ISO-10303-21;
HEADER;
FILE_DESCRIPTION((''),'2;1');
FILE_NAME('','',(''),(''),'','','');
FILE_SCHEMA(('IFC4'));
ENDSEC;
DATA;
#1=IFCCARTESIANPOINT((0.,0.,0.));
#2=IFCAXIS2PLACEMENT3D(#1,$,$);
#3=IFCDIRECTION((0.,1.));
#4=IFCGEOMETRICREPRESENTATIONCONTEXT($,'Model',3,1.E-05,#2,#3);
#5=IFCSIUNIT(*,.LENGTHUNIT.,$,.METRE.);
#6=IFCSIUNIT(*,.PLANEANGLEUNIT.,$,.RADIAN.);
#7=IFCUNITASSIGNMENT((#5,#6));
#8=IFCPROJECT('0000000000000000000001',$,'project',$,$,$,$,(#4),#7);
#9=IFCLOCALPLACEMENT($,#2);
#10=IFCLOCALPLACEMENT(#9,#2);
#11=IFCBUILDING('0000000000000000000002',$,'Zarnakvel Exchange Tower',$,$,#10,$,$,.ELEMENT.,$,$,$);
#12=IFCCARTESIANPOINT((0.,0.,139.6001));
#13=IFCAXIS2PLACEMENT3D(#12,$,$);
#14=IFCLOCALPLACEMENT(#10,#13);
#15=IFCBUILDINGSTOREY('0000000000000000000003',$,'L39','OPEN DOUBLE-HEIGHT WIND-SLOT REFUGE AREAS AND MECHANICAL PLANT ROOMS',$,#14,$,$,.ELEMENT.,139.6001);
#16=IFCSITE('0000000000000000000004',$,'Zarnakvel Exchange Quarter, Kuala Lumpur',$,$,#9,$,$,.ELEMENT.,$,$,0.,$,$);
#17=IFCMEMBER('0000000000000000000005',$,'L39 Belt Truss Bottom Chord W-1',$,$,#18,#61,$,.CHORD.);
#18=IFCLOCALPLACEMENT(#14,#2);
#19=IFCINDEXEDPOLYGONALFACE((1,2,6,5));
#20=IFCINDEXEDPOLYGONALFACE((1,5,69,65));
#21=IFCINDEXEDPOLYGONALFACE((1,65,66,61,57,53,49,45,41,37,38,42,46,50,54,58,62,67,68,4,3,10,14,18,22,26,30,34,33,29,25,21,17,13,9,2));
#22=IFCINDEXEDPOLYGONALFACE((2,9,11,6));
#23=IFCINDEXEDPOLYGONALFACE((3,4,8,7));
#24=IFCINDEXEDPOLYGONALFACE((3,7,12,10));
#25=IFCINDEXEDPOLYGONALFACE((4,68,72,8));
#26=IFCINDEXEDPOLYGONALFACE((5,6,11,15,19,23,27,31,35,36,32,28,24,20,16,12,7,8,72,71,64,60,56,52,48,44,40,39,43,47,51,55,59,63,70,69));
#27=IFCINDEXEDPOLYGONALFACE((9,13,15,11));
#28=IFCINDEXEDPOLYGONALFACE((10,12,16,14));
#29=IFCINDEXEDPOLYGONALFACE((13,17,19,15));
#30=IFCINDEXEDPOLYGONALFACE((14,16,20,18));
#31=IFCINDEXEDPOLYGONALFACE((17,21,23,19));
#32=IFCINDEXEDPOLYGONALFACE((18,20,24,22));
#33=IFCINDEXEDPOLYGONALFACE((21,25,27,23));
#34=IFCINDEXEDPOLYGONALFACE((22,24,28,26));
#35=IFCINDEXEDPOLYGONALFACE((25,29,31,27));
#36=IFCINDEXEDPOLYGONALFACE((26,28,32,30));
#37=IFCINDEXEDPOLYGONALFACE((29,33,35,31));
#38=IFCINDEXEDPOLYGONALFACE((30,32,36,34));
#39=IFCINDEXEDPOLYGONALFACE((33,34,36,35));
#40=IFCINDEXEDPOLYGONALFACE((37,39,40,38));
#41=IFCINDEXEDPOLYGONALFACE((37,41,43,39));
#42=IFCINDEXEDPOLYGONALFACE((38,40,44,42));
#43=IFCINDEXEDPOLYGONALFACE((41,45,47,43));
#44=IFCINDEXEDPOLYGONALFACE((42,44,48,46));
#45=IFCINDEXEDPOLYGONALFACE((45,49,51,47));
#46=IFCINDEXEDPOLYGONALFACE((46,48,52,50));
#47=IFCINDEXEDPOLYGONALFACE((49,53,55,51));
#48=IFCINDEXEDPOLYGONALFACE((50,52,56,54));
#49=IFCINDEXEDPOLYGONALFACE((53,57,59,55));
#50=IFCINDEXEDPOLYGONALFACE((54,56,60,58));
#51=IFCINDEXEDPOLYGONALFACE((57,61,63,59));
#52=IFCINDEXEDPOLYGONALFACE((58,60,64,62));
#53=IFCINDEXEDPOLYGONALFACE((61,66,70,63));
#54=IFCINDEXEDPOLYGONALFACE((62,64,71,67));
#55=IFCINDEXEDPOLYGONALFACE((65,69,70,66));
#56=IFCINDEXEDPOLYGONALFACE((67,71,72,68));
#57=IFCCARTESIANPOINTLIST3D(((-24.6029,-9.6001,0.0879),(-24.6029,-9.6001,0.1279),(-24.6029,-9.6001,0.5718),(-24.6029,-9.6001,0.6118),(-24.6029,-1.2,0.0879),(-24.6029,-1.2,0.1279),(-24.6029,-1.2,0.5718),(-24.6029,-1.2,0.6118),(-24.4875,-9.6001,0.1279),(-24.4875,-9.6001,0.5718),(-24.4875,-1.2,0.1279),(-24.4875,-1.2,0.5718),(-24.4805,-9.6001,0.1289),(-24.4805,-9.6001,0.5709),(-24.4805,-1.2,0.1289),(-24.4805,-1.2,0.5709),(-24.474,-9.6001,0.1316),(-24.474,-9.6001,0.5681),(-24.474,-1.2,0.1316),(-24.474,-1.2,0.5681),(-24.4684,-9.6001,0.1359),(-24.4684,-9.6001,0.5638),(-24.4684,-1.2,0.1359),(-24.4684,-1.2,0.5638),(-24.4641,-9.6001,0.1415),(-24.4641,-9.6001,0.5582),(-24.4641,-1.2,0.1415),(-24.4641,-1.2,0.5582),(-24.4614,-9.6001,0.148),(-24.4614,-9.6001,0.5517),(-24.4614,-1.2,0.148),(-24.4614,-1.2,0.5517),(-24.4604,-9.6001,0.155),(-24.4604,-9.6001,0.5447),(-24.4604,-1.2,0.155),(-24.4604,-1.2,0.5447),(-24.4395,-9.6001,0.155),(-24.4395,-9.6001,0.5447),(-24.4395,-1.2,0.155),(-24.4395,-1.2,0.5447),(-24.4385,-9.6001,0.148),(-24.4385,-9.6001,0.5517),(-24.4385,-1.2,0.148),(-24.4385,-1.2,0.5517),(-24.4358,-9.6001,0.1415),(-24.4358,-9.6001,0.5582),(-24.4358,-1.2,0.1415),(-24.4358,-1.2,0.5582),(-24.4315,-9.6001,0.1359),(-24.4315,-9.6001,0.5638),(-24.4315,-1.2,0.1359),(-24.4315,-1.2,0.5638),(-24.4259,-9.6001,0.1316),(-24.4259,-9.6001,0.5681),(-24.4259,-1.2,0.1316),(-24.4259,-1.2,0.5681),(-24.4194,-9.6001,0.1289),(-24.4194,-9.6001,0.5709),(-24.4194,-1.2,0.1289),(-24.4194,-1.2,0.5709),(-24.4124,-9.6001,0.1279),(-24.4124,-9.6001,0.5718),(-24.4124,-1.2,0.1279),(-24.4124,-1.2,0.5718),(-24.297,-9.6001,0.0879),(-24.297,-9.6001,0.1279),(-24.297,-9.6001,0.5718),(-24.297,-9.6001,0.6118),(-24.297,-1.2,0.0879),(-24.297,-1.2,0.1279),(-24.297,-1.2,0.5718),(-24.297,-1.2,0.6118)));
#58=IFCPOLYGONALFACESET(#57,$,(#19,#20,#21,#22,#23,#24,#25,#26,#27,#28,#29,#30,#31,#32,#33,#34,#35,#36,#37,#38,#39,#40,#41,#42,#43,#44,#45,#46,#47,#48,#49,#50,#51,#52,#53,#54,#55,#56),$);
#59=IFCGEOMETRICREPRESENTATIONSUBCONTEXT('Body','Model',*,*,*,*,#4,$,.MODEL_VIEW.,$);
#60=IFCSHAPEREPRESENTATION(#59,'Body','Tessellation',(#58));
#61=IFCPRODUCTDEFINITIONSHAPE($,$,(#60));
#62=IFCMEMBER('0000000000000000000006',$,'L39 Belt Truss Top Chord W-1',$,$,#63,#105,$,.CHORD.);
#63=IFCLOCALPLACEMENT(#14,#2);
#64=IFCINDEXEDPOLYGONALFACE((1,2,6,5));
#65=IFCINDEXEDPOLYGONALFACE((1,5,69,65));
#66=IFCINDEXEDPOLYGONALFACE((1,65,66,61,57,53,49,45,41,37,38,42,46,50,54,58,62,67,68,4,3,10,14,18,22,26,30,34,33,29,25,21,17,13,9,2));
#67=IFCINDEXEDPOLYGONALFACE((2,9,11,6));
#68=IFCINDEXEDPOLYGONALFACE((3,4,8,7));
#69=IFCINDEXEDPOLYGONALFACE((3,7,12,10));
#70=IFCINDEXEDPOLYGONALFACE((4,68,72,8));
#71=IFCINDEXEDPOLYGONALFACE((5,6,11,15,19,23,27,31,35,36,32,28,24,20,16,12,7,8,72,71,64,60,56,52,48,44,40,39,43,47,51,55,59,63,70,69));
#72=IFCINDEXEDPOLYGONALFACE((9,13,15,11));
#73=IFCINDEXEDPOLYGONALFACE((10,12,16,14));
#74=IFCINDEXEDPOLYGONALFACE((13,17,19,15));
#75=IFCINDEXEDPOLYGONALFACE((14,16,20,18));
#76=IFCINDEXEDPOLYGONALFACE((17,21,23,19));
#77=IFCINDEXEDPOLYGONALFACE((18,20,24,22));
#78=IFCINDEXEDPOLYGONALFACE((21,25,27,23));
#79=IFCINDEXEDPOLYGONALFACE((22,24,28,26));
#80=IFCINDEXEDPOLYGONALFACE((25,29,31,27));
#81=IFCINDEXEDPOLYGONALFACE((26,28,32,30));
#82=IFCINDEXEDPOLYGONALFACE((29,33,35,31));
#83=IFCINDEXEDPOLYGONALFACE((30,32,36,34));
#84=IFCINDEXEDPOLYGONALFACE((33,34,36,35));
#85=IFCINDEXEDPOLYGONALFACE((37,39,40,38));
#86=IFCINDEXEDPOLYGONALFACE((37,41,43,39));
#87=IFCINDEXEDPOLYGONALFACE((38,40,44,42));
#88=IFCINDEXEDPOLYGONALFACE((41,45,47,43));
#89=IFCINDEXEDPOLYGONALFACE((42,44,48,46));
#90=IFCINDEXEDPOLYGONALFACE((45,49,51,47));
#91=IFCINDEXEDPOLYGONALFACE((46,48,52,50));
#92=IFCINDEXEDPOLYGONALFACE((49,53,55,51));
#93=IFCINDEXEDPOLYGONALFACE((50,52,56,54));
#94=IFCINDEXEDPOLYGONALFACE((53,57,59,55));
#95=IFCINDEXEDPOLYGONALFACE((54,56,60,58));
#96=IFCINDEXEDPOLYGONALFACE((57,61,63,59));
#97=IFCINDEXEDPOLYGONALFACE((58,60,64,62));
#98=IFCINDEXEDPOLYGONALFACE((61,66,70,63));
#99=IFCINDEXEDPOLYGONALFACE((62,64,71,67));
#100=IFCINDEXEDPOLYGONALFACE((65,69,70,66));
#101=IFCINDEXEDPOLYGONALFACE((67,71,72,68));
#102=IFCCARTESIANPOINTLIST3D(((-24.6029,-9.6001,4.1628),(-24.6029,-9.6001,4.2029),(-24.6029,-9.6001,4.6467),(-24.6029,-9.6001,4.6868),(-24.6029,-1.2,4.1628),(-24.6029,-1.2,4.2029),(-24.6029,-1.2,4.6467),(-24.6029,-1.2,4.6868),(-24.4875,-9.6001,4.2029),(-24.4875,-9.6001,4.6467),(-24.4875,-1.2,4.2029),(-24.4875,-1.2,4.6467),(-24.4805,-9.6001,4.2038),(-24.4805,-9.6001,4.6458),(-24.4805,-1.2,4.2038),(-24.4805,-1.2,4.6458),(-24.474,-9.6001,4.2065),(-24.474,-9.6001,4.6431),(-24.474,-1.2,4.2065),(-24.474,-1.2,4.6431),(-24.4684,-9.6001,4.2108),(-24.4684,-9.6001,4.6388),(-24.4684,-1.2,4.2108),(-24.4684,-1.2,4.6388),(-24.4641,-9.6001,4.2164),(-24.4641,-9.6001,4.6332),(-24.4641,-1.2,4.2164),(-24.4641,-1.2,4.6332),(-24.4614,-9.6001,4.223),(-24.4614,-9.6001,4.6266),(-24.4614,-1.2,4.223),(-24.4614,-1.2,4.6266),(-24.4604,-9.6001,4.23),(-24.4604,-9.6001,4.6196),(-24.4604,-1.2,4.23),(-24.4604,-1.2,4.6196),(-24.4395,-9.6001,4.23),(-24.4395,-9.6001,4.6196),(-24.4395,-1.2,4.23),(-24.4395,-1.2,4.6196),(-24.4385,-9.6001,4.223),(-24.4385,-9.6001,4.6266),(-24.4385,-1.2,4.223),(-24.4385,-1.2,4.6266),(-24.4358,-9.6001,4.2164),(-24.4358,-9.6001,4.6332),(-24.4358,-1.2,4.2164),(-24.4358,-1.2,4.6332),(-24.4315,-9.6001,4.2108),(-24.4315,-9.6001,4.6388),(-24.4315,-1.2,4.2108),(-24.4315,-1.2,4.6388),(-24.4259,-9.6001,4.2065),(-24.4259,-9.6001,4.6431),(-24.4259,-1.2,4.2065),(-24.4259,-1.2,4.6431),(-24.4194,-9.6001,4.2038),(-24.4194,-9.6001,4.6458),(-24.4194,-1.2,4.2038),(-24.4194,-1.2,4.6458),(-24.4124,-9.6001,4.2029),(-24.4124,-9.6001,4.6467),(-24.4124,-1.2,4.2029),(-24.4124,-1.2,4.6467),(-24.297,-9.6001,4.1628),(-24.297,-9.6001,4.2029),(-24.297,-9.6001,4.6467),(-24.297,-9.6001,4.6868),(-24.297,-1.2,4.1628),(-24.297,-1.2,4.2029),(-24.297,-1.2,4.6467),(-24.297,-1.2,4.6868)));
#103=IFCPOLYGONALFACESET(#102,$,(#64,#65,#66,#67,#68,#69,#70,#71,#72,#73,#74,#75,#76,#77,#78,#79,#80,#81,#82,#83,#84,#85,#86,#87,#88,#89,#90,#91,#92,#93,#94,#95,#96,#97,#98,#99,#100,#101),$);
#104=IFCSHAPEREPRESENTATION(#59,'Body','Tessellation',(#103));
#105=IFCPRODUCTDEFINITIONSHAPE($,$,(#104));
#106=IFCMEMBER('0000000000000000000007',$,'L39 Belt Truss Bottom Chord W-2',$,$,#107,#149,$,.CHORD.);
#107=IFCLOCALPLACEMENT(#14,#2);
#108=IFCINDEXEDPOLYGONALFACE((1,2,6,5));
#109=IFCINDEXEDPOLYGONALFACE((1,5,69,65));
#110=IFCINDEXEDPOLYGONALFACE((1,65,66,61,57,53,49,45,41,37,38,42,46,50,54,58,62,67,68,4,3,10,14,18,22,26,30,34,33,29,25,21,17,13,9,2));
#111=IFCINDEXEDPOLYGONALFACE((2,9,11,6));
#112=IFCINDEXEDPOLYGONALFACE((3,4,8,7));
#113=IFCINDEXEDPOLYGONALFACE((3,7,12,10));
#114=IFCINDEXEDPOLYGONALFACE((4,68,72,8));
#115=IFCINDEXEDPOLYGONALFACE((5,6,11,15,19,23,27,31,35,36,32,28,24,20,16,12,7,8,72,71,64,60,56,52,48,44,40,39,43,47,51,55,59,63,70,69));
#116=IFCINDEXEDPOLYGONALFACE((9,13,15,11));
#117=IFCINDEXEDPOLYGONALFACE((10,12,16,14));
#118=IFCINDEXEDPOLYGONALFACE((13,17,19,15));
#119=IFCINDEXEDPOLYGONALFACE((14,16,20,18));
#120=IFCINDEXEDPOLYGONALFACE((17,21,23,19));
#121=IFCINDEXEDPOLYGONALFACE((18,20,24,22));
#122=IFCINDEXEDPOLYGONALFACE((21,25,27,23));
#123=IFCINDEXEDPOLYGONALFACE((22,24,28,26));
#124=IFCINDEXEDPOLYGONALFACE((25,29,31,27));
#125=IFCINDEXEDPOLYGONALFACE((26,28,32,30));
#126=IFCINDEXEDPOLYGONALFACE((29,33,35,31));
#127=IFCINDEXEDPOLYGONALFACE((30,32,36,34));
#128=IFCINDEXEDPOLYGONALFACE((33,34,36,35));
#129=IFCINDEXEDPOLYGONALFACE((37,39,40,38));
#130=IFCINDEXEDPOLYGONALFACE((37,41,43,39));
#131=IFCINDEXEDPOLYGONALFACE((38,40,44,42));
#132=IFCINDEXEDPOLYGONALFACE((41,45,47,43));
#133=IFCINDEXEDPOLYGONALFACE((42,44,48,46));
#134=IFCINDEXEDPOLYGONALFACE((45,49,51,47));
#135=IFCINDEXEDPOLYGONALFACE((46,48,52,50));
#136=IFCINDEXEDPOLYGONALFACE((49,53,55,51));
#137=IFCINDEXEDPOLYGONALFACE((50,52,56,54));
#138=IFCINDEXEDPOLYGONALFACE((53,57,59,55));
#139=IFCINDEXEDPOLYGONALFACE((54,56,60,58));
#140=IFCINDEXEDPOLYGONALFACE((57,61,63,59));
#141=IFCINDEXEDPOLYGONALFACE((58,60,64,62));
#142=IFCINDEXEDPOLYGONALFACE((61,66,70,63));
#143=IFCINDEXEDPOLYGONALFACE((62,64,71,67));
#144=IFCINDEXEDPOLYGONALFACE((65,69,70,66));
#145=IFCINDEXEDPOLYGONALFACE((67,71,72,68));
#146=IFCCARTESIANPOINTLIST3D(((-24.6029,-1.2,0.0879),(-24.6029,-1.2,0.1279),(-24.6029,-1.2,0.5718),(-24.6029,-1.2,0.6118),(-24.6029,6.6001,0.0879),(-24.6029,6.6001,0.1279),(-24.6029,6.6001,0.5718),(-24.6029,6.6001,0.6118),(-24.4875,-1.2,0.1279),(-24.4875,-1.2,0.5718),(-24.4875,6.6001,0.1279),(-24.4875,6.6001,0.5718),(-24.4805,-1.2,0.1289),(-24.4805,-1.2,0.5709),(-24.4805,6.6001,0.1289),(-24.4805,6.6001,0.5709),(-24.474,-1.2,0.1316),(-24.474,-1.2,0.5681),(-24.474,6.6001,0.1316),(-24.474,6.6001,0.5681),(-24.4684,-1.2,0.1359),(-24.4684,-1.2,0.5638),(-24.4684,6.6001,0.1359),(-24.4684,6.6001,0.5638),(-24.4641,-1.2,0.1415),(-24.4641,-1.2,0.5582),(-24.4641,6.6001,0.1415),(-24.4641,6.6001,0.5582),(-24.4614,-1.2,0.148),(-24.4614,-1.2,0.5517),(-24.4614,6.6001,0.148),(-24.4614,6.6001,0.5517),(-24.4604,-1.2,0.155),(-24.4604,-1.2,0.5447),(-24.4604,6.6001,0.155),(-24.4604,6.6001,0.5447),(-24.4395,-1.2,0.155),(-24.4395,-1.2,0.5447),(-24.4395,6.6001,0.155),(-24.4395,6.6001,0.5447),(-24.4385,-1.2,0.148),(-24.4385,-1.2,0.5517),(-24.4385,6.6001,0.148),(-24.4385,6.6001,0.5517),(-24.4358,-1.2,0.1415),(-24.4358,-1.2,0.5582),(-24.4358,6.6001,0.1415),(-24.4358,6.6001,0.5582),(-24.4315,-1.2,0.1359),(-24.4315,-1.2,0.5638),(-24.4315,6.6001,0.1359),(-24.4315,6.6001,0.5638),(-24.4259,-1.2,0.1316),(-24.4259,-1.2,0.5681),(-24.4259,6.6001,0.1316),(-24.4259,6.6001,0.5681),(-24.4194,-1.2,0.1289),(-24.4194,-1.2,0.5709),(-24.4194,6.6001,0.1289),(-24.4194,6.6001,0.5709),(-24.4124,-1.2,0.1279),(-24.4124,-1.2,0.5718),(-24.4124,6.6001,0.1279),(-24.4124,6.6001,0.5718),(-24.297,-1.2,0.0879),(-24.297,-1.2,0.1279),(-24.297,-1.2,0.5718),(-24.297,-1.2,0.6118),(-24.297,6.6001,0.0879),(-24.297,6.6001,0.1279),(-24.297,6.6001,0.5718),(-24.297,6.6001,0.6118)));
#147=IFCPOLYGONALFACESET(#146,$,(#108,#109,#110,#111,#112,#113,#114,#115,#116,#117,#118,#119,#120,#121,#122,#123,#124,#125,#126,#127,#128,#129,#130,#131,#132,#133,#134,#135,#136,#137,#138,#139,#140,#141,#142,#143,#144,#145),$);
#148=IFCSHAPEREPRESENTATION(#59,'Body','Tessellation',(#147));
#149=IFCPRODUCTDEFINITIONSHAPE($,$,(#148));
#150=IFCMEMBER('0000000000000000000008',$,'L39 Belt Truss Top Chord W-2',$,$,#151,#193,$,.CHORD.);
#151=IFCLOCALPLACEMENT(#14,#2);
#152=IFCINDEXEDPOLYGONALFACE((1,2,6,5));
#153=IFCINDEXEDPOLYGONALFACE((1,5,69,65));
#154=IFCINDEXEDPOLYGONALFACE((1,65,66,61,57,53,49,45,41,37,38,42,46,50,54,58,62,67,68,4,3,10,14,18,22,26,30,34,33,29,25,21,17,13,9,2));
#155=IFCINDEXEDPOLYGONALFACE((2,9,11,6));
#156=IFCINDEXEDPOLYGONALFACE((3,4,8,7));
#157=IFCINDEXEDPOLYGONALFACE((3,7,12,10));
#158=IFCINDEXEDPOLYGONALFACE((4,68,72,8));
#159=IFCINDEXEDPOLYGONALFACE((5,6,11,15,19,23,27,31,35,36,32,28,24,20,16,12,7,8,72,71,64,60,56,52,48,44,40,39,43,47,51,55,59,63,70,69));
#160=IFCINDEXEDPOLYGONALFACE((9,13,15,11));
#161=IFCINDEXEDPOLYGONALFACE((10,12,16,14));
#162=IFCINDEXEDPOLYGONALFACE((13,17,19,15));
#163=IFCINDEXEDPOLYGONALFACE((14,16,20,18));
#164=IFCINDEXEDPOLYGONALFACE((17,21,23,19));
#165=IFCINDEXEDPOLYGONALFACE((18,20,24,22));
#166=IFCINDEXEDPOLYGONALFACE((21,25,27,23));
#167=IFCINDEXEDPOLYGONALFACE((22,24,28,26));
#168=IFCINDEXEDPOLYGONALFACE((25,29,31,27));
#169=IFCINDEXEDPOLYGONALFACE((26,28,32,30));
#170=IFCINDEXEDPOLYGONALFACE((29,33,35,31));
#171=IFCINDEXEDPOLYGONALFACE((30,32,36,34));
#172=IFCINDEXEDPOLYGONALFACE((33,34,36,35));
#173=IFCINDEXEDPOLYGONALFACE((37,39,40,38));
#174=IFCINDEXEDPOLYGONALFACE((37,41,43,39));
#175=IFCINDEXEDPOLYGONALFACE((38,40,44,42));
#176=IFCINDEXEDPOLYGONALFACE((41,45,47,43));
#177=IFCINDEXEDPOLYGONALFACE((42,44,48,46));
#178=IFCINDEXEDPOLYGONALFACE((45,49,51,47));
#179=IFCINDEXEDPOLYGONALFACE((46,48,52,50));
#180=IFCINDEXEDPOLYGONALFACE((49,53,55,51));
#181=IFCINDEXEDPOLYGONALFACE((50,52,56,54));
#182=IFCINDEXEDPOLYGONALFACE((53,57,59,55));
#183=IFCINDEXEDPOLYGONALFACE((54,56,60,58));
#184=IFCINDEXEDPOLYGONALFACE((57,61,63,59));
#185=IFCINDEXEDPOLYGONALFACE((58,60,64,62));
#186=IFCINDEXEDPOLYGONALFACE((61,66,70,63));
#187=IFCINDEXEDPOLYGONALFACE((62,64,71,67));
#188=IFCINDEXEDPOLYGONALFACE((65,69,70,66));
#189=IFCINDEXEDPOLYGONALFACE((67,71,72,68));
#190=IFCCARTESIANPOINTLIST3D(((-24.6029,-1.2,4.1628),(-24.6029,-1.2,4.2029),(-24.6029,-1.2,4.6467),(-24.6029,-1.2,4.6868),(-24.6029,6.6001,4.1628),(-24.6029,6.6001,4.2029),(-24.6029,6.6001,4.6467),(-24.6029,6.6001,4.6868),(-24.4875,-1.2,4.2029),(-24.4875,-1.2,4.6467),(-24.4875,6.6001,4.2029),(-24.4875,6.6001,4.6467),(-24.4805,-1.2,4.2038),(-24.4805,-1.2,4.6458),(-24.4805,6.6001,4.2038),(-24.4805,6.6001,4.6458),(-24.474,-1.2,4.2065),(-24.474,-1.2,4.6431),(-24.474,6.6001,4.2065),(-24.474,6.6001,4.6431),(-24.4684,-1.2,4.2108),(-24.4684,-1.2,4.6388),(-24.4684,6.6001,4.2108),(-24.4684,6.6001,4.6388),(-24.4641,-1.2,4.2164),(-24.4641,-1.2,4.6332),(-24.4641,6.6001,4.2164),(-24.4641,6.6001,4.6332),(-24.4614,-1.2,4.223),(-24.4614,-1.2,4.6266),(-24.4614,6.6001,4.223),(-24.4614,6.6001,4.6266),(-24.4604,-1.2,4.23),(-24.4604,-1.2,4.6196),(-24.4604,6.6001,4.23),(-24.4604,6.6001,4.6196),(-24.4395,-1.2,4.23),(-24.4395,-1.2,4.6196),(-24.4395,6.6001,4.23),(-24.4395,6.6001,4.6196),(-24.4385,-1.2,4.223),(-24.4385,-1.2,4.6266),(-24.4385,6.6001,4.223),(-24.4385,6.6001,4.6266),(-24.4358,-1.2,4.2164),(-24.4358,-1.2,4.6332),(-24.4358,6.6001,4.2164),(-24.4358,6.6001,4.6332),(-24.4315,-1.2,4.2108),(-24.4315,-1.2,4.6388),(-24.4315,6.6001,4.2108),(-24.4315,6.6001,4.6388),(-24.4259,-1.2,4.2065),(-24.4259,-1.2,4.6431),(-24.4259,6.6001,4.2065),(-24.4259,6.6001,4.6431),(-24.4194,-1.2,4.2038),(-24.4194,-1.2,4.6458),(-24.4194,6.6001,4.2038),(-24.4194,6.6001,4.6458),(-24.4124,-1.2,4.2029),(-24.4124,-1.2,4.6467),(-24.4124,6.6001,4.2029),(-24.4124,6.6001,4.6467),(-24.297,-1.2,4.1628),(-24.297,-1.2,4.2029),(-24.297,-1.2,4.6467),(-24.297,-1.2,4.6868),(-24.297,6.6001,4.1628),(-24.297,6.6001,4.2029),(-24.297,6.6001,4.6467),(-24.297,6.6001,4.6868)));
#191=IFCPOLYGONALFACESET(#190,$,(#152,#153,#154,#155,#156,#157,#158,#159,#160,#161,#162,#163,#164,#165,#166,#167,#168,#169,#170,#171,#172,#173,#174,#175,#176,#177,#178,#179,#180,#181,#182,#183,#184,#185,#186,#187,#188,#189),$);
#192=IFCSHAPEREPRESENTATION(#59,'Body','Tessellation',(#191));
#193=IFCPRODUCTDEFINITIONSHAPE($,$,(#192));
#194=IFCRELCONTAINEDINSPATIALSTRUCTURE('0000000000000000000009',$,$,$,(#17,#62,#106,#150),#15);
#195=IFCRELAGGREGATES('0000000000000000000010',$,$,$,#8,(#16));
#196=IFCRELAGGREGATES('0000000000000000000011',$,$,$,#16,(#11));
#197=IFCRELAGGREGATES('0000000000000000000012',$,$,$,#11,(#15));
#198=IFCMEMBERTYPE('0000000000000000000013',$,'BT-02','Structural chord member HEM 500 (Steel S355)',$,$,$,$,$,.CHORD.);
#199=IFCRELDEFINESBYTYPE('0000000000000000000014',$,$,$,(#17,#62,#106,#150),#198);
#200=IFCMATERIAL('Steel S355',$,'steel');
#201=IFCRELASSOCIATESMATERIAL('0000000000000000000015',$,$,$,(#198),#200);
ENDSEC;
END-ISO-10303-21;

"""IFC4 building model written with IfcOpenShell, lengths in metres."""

from ifc_helpers import new_model, si_unit, direction, frame, origin, origin_2d, place, context, subcontext, project, spatial, i_section, extrude, source, transform, mapped, material, material_profile, profile_set, type_object, element, save


model = new_model("IFC4")

# Units and contexts
model_context = context("Model", 3, precision=1e-05, world=origin(), true_north=direction((0.0, 1.0)))
body_context = subcontext(model_context, "Body", "Model", "MODEL_VIEW")
ifc_project = project(units=[si_unit("LENGTHUNIT", "METRE"), si_unit("PLANEANGLEUNIT", "RADIAN")], contexts=[model_context])

# Site, building, storey
site_placement = place(None, origin())
site = spatial("IfcSite", under=ifc_project, at=site_placement, Name="Zarnakvel Exchange Quarter, Kuala Lumpur", CompositionType="ELEMENT", RefElevation=0.0)
building_placement = place(site_placement, origin())
building = spatial("IfcBuilding", under=site, at=building_placement, Name="Zarnakvel Exchange Tower", CompositionType="ELEMENT")
storey_placement = place(building_placement, frame((0.0, 0.0, 139.6001)))
storey = spatial("IfcBuildingStorey", under=building, at=storey_placement, Name="L39", Description="OPEN DOUBLE-HEIGHT WIND-SLOT REFUGE AREAS AND MECHANICAL PLANT ROOMS", CompositionType="ELEMENT", Elevation=139.6001)

# Shared definitions
ifc_material_1 = material(Name="Steel S355", Category="steel")

# Members
ifc_material_profile_1 = material_profile(ifc_material_1, i_section(OverallWidth=0.3059, OverallDepth=0.5239, WebThickness=0.021, FlangeThickness=0.04, FilletRadius=0.0271, at=origin_2d()))
ifc_profile_set_1 = profile_set([ifc_material_profile_1], Name="Steel S355")
member_type_1 = type_object("IfcMemberType", Name="BT-02", Description="Structural chord member HEM 500 (Steel S355)", PredefinedType="CHORD", material=ifc_profile_set_1)
shared_shape_1 = source(origin(), body_context, "Body", "SweptSolid", [
    extrude(i_section(OverallWidth=0.3059, OverallDepth=0.5239, WebThickness=0.021, FlangeThickness=0.04, FilletRadius=0.0271, at=origin_2d()), origin(), (0.0, 0.0, 1.0), 8.4001),
])
for number, where, z_axis, x_axis, name in (
    (1, (-24.45, -9.6001, 0.3499), (0.0, 1.0, 0.0), (-1.0, 0.0, 0.0), "L39 Belt Truss Bottom Chord W-1"),
    (2, (-24.45, -9.6001, 4.4248), (0.0, 1.0, 0.0), (-1.0, 0.0, 0.0), "L39 Belt Truss Top Chord W-1"),
):
    element("IfcMember", number, at=place(storey_placement, frame(where, z_axis=z_axis, x_axis=x_axis)), inside=storey, type_object=member_type_1, Name=name, PredefinedType="CHORD", context=body_context, shape_type="MappedRepresentation", body=[
        mapped(shared_shape_1, transform((0.0, 0.0, 0.0), x_axis=(1.0, 0.0, 0.0), y_axis=(0.0, 1.0, 0.0), z_axis=(0.0, 0.0, 1.0), scale=1.0)),
    ])
shared_shape_2 = source(origin(), body_context, "Body", "SweptSolid", [
    extrude(i_section(OverallWidth=0.3059, OverallDepth=0.5239, WebThickness=0.021, FlangeThickness=0.04, FilletRadius=0.0271, at=origin_2d()), origin(), (0.0, 0.0, 1.0), 7.8),
])
for number, where, z_axis, x_axis, name in (
    (3, (-24.45, -1.2, 0.3499), (0.0, 1.0, 0.0), (-1.0, 0.0, 0.0), "L39 Belt Truss Bottom Chord W-2"),
    (4, (-24.45, -1.2, 4.4248), (0.0, 1.0, 0.0), (-1.0, 0.0, 0.0), "L39 Belt Truss Top Chord W-2"),
):
    element("IfcMember", number, at=place(storey_placement, frame(where, z_axis=z_axis, x_axis=x_axis)), inside=storey, type_object=member_type_1, Name=name, PredefinedType="CHORD", context=body_context, shape_type="MappedRepresentation", body=[
        mapped(shared_shape_2, transform((0.0, 0.0, 0.0), x_axis=(1.0, 0.0, 0.0), y_axis=(0.0, 1.0, 0.0), z_axis=(0.0, 0.0, 1.0), scale=1.0)),
    ])

save(model, "model.ifc")
